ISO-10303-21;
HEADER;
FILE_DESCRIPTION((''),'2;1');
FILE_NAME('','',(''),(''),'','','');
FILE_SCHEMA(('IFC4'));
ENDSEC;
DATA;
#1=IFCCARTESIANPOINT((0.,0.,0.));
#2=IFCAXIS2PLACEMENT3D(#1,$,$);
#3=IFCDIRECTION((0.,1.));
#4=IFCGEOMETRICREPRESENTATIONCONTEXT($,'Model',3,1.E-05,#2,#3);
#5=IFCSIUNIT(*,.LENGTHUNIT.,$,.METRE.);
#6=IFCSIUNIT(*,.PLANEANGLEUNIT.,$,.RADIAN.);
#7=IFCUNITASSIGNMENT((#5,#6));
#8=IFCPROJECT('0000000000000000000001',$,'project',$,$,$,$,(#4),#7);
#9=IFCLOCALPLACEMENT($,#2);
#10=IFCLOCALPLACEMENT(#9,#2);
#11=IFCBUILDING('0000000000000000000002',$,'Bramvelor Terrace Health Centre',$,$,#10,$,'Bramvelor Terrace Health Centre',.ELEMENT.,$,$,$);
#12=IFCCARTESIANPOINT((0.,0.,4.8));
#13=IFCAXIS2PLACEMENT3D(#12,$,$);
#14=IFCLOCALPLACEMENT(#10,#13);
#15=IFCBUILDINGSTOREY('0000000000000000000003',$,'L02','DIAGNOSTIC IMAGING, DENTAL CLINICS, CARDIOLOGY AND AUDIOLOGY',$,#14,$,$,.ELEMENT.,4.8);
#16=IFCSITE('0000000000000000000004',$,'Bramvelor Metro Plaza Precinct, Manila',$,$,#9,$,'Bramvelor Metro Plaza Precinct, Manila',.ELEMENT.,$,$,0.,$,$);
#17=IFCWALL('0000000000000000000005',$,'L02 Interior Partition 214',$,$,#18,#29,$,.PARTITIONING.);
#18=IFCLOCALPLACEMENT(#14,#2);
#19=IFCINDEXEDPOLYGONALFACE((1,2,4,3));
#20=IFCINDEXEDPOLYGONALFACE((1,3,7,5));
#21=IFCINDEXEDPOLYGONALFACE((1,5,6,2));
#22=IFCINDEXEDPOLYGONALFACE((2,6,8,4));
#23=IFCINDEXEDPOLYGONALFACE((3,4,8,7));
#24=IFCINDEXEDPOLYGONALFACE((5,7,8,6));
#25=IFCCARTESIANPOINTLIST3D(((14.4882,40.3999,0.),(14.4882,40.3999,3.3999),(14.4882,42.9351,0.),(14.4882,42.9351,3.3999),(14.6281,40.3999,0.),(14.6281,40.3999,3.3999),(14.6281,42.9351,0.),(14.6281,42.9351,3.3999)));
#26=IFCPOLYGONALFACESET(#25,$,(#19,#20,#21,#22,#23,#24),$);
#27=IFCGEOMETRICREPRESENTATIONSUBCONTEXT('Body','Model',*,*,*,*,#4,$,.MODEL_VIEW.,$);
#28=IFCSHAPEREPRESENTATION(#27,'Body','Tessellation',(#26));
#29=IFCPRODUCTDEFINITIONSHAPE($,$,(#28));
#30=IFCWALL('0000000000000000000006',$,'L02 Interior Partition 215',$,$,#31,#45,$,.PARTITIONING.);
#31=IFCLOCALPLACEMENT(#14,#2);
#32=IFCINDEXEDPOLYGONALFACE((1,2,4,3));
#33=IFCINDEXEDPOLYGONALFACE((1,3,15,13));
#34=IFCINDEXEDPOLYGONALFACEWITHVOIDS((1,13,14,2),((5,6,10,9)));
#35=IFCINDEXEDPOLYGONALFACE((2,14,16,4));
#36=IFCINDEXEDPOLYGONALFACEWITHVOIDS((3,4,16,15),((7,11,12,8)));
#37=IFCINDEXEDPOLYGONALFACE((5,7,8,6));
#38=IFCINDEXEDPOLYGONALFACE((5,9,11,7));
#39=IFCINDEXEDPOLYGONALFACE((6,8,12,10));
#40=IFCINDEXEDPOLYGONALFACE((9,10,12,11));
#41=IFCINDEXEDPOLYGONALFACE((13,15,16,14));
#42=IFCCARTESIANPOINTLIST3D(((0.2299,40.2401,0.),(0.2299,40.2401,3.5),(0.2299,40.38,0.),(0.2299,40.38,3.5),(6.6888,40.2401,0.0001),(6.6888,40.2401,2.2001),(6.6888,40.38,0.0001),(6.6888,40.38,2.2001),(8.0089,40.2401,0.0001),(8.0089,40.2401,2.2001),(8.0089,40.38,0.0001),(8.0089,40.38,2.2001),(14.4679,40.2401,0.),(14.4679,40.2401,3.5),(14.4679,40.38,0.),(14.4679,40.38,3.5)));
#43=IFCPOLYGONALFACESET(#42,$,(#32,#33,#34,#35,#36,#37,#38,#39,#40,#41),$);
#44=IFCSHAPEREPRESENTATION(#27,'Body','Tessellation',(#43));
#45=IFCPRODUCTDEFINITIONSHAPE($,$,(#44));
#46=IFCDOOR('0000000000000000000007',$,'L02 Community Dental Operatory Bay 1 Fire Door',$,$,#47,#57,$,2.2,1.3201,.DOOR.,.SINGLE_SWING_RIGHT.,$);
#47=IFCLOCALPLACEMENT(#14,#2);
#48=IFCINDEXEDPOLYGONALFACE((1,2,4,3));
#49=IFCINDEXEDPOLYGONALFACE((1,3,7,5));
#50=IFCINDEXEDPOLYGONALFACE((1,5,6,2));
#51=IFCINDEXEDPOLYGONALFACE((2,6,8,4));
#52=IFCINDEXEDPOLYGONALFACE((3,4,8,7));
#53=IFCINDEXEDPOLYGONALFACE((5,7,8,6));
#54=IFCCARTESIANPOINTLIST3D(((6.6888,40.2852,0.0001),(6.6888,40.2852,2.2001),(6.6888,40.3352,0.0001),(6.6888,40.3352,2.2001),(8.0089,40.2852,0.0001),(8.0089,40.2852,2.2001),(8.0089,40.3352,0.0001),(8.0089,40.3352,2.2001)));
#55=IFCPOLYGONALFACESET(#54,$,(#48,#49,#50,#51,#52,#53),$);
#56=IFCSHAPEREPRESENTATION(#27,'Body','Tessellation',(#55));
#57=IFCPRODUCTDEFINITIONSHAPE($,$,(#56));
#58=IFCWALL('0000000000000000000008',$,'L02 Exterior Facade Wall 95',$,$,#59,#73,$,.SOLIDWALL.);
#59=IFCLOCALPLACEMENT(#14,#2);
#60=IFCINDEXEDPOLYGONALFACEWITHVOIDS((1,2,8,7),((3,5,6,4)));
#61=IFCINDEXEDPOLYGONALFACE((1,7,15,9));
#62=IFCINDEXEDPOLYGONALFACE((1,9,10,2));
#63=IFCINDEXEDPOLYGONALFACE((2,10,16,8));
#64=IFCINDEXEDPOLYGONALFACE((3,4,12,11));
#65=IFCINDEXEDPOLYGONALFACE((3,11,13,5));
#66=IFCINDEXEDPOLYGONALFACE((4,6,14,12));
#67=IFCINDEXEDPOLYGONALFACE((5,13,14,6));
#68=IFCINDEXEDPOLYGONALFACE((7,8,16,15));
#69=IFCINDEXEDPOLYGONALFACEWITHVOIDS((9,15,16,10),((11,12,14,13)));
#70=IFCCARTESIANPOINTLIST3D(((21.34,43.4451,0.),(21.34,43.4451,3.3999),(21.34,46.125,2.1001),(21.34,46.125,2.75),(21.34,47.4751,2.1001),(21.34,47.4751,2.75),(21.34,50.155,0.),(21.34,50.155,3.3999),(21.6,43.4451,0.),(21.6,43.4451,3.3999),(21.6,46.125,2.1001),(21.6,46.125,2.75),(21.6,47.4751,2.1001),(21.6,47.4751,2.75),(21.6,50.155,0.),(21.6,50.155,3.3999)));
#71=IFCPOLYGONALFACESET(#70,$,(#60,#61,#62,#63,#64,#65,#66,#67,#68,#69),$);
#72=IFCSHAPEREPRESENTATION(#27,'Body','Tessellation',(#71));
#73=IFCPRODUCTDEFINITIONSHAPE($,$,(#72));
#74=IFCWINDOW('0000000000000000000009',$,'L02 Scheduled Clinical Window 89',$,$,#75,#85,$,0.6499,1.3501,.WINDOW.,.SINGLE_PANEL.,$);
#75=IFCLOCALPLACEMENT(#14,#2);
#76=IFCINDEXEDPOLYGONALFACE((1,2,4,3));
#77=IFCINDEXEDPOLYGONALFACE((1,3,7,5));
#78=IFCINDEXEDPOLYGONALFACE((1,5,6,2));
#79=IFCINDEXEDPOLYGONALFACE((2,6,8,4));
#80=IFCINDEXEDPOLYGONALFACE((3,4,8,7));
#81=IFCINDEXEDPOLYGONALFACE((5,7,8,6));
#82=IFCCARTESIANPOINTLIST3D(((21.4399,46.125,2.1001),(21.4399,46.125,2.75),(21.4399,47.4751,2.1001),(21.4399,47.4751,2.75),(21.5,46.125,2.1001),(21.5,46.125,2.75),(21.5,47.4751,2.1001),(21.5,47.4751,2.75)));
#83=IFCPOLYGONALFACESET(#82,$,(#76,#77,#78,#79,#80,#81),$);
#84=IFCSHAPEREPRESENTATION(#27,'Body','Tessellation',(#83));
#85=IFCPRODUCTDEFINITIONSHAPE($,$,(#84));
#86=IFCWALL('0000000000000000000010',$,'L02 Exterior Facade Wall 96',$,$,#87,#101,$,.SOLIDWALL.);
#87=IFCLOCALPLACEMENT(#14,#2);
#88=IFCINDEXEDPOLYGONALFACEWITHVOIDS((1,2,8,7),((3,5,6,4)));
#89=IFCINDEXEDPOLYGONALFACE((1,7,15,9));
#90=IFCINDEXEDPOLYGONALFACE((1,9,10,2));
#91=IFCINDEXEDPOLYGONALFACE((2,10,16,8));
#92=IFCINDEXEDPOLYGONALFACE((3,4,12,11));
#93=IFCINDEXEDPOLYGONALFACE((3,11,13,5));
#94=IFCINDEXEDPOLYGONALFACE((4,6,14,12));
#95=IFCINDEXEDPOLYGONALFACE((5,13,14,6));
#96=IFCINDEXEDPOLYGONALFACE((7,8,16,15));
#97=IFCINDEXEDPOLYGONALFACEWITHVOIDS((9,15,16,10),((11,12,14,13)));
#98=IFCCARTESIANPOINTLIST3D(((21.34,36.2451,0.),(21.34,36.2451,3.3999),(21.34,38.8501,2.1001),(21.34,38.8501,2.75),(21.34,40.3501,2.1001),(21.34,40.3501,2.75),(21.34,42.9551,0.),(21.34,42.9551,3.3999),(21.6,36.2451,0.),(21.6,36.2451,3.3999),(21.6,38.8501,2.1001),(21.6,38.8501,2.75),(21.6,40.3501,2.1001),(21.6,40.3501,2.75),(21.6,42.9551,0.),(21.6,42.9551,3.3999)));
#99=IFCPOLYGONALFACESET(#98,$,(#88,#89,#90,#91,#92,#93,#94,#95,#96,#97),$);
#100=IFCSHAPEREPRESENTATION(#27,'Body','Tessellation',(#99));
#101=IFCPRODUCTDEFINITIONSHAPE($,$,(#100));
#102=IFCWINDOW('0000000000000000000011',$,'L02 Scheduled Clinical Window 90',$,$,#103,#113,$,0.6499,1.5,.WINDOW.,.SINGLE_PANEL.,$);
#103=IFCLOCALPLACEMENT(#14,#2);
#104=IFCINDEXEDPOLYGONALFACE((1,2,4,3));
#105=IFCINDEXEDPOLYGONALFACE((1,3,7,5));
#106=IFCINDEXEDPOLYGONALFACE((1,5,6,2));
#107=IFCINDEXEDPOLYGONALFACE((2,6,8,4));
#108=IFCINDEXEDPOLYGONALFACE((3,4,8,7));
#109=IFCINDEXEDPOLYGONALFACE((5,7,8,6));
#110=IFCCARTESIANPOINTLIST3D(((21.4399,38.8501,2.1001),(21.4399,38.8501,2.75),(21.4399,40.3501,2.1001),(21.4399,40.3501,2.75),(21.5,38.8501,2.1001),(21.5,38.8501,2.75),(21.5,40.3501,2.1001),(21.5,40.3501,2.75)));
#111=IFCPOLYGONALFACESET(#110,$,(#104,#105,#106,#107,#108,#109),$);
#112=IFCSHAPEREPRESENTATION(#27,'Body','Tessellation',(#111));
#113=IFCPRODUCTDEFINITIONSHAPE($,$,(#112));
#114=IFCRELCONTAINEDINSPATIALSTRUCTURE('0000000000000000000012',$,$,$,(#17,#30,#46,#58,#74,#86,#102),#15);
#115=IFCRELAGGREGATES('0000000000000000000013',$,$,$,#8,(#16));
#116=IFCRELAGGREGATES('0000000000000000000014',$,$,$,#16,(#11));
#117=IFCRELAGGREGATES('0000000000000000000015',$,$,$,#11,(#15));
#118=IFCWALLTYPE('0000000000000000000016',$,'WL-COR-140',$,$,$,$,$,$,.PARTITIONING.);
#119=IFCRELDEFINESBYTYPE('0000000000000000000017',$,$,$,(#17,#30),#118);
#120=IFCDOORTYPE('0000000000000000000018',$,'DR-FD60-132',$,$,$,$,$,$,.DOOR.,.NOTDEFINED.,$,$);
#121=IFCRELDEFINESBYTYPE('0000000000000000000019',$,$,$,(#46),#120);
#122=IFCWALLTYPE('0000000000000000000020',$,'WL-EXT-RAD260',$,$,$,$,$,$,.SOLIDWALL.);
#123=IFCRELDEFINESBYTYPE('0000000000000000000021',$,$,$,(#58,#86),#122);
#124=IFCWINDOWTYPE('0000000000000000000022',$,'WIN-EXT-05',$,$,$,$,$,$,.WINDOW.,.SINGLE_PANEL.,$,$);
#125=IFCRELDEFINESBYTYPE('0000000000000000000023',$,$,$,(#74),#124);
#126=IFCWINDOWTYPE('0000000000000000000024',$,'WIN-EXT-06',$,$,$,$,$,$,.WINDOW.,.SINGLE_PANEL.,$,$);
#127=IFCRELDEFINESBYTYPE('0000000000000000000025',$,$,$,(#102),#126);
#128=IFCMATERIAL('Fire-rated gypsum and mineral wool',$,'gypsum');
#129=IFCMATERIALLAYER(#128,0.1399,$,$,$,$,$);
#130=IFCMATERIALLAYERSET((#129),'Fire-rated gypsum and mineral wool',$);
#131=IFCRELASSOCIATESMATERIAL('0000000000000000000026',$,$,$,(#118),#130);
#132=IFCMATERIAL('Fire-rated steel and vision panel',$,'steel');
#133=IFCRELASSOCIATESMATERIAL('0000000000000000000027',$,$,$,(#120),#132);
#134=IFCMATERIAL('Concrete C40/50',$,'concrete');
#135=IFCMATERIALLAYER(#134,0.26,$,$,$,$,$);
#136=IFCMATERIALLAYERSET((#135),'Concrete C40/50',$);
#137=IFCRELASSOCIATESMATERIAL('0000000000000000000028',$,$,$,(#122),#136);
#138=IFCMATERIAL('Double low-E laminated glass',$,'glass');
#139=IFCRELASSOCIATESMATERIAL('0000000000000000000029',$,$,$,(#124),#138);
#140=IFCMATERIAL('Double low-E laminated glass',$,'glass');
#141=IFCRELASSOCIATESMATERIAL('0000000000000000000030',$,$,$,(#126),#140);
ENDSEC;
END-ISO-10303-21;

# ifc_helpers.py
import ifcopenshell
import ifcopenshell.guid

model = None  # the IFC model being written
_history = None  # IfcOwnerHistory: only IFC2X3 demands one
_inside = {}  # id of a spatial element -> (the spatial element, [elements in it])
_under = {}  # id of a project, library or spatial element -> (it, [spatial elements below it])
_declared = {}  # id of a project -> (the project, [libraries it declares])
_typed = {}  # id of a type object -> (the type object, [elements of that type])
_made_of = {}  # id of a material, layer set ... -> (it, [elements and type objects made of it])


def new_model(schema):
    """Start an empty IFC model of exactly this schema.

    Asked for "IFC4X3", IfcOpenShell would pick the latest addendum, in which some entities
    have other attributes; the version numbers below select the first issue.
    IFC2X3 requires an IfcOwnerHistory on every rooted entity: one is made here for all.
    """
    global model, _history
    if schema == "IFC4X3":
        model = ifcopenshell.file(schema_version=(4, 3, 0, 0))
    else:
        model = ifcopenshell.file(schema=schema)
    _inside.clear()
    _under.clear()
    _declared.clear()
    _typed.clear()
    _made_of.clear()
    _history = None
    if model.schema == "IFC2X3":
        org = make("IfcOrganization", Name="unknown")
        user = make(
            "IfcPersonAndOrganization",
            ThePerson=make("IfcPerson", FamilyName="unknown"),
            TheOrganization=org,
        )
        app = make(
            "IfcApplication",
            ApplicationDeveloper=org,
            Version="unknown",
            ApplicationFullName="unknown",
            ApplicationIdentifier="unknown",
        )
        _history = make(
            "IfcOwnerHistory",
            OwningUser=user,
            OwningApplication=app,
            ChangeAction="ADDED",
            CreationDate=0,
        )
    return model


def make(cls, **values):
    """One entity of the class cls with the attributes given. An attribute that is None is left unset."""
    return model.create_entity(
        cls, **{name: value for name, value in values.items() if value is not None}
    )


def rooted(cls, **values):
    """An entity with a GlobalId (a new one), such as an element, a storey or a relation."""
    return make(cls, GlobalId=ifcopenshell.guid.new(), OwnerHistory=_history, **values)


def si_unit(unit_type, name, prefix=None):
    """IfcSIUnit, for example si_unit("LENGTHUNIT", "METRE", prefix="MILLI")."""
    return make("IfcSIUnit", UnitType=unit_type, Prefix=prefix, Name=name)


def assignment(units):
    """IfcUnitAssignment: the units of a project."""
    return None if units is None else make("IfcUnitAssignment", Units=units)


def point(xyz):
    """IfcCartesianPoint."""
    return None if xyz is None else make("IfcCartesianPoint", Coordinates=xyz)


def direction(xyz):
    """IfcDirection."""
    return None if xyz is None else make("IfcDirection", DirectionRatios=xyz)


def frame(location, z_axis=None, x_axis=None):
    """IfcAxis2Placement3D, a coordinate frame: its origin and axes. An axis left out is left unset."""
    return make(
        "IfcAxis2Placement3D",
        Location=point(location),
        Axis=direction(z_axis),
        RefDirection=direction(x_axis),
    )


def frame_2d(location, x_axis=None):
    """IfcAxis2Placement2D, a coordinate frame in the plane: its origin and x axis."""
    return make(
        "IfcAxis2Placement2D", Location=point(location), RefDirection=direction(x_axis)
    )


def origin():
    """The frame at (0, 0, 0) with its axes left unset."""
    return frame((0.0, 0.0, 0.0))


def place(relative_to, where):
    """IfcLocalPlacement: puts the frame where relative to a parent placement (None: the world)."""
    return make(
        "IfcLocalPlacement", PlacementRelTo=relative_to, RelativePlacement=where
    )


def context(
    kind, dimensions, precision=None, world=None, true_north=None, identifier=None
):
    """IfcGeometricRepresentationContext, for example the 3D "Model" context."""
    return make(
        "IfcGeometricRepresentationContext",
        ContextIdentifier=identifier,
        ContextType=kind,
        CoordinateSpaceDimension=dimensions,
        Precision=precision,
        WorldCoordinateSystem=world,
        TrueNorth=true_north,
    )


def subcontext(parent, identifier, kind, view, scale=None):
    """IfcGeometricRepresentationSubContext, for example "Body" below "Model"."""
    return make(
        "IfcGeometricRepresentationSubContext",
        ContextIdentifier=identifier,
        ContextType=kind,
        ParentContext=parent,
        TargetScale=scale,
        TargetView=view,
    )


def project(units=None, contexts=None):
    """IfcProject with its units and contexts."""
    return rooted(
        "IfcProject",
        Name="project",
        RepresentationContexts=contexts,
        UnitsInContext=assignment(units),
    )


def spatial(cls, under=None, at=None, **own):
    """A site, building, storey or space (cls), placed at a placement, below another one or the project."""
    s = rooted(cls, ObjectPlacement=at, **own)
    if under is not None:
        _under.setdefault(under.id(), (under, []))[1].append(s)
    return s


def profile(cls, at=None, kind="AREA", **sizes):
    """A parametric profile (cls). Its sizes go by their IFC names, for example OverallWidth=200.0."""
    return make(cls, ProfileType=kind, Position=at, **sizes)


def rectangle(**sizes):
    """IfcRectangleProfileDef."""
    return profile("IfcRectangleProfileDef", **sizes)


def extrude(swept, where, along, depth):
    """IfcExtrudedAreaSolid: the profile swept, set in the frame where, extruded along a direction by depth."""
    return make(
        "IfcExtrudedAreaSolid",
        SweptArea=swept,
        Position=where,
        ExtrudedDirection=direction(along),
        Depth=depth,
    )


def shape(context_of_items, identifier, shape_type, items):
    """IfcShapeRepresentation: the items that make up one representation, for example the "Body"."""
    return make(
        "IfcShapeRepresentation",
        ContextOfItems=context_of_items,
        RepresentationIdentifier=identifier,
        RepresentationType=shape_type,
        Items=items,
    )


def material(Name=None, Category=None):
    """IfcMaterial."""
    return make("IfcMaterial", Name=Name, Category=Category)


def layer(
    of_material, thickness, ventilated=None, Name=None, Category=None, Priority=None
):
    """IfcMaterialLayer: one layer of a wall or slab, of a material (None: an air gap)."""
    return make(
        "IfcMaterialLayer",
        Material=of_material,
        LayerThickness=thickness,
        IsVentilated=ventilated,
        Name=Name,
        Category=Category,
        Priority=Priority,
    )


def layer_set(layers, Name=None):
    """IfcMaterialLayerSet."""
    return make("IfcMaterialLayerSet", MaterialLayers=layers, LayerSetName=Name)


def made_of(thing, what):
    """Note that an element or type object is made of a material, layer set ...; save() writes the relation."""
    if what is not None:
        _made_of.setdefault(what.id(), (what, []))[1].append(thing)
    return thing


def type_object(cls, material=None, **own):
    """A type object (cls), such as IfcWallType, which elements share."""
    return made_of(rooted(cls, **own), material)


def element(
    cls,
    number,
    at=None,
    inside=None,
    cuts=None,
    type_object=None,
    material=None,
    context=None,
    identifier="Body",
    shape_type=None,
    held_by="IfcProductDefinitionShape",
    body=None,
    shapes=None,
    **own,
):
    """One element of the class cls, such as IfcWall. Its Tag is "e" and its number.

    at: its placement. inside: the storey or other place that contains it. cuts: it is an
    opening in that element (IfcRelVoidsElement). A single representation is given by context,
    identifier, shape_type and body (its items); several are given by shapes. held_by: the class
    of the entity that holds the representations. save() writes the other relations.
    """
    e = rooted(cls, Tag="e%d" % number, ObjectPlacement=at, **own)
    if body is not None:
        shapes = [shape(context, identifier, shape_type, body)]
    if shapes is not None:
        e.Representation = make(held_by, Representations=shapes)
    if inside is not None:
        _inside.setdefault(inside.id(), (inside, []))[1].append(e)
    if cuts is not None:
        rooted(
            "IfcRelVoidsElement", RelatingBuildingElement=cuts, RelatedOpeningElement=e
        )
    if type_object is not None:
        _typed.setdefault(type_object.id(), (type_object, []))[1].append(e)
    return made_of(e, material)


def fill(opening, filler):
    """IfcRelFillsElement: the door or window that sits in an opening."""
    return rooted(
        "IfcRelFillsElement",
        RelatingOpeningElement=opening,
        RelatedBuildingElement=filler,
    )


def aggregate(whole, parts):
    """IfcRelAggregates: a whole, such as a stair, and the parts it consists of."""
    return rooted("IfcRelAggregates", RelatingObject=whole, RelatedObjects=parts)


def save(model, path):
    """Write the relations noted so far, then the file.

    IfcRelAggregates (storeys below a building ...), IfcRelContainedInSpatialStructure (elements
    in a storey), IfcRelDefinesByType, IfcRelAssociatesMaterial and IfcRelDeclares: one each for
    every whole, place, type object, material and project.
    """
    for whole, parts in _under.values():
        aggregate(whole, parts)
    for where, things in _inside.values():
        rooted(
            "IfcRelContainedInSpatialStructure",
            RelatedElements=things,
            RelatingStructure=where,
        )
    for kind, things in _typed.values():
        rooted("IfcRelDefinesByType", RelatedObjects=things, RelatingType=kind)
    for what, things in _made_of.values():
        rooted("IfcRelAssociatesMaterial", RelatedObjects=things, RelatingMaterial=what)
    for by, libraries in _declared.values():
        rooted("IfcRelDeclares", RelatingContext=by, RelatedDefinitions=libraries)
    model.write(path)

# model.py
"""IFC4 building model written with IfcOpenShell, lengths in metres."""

from ifc_helpers import new_model, si_unit, direction, frame, frame_2d, origin, place, context, subcontext, project, spatial, rectangle, extrude, material, layer, layer_set, type_object, element, fill, save


model = new_model("IFC4")

# Units and contexts
model_context = context("Model", 3, precision=1e-05, world=origin(), true_north=direction((0.0, 1.0)))
body_context = subcontext(model_context, "Body", "Model", "MODEL_VIEW")
ifc_project = project(units=[si_unit("LENGTHUNIT", "METRE"), si_unit("PLANEANGLEUNIT", "RADIAN")], contexts=[model_context])

# Site, building, storey
site_placement = place(None, origin())
site = spatial("IfcSite", under=ifc_project, at=site_placement, Name="Bramvelor Metro Plaza Precinct, Manila", LongName="Bramvelor Metro Plaza Precinct, Manila", CompositionType="ELEMENT", RefElevation=0.0)
building_placement = place(site_placement, origin())
building = spatial("IfcBuilding", under=site, at=building_placement, Name="Bramvelor Terrace Health Centre", LongName="Bramvelor Terrace Health Centre", CompositionType="ELEMENT")
storey_placement = place(building_placement, frame((0.0, 0.0, 4.8)))
storey = spatial("IfcBuildingStorey", under=building, at=storey_placement, Name="L02", Description="DIAGNOSTIC IMAGING, DENTAL CLINICS, CARDIOLOGY AND AUDIOLOGY", CompositionType="ELEMENT", Elevation=4.8)

# Wall
ifc_material_1 = material(Name="Fire-rated gypsum and mineral wool", Category="gypsum")
ifc_layer_1 = layer(ifc_material_1, 0.1399)
ifc_layer_set_1 = layer_set([ifc_layer_1], Name="Fire-rated gypsum and mineral wool")
wall_type_1 = type_object("IfcWallType", Name="WL-COR-140", PredefinedType="PARTITIONING", material=ifc_layer_set_1)
wall_1_placement = place(storey_placement, frame((14.5581, 42.9351, 0.0), z_axis=(0.0, 0.0, 1.0), x_axis=(0.0, -1.0, 0.0)))
element("IfcWall", 1, at=wall_1_placement, inside=storey, type_object=wall_type_1, Name="L02 Interior Partition 214", PredefinedType="PARTITIONING", context=body_context, shape_type="SweptSolid", body=[
    extrude(rectangle(XDim=2.5352, YDim=0.1399, at=frame_2d((1.2676, 0.0))), origin(), (0.0, 0.0, 1.0), 3.3999),
])

# Wall, opening, door
wall_2_placement = place(storey_placement, frame((14.468, 40.3101, 0.0), z_axis=(0.0, 0.0, 1.0), x_axis=(-1.0, 0.0, 0.0)))
wall_2 = element("IfcWall", 2, at=wall_2_placement, inside=storey, type_object=wall_type_1, Name="L02 Interior Partition 215", PredefinedType="PARTITIONING", context=body_context, shape_type="SweptSolid", body=[
    extrude(rectangle(XDim=14.238, YDim=0.1399, at=frame_2d((7.1191, 0.0))), origin(), (0.0, 0.0, 1.0), 3.5),
])
opening_1_placement = place(wall_2_placement, frame((6.459, 0.0, 0.0)))
opening_1 = element("IfcOpeningElement", 3, at=opening_1_placement, cuts=wall_2, PredefinedType="OPENING", context=body_context, shape_type="SweptSolid", body=[
    extrude(rectangle(XDim=1.3201, YDim=2.2, at=frame_2d((0.6602, 1.1001))), frame((0.0, 0.0798, 0.0), z_axis=(0.0, -1.0, 0.0), x_axis=(1.0, 0.0, 0.0)), (0.0, 0.0, 1.0), 0.1599),
])
ifc_material_2 = material(Name="Fire-rated steel and vision panel", Category="steel")
door_type = type_object("IfcDoorType", Name="DR-FD60-132", OperationType="NOTDEFINED", PredefinedType="DOOR", material=ifc_material_2)
door_placement = place(opening_1_placement, origin())
door = element("IfcDoor", 4, at=door_placement, inside=storey, type_object=door_type, Name="L02 Community Dental Operatory Bay 1 Fire Door", OperationType="SINGLE_SWING_RIGHT", OverallHeight=2.2, OverallWidth=1.3201, PredefinedType="DOOR", context=body_context, shape_type="SweptSolid", body=[
    extrude(rectangle(XDim=1.3201, YDim=2.2, at=frame_2d((0.6602, 1.1001))), frame((0.0, 0.0249, 0.0), z_axis=(0.0, -1.0, 0.0), x_axis=(1.0, 0.0, 0.0)), (0.0, 0.0, 1.0), 0.05),
])
fill(opening_1, door)

# Walls, openings, windows
ifc_material_3 = material(Name="Concrete C40/50", Category="concrete")
ifc_layer_2 = layer(ifc_material_3, 0.26)
ifc_layer_set_2 = layer_set([ifc_layer_2], Name="Concrete C40/50")
wall_type_2 = type_object("IfcWallType", Name="WL-EXT-RAD260", PredefinedType="SOLIDWALL", material=ifc_layer_set_2)
wall_3_placement = place(storey_placement, frame((21.47, 50.155, 0.0), z_axis=(0.0, 0.0, 1.0), x_axis=(0.0, -1.0, 0.0)))
wall_3 = element("IfcWall", 5, at=wall_3_placement, inside=storey, type_object=wall_type_2, Name="L02 Exterior Facade Wall 95", PredefinedType="SOLIDWALL", context=body_context, shape_type="SweptSolid", body=[
    extrude(rectangle(XDim=6.71, YDim=0.26, at=frame_2d((3.355, 0.0))), origin(), (0.0, 0.0, 1.0), 3.3999),
])
opening_2_placement = place(wall_3_placement, frame((2.6799, 0.0, 2.1001)))
opening_2 = element("IfcOpeningElement", 6, at=opening_2_placement, cuts=wall_3, PredefinedType="OPENING", context=body_context, shape_type="SweptSolid", body=[
    extrude(rectangle(XDim=1.3501, YDim=0.6499, at=frame_2d((0.675, 0.325))), frame((0.0, 0.1399, 0.0), z_axis=(0.0, -1.0, 0.0), x_axis=(1.0, 0.0, 0.0)), (0.0, 0.0, 1.0), 0.28),
])
ifc_material_4 = material(Name="Double low-E laminated glass", Category="glass")
window_type_1 = type_object("IfcWindowType", Name="WIN-EXT-05", PartitioningType="SINGLE_PANEL", PredefinedType="WINDOW", material=ifc_material_4)
window_1_placement = place(opening_2_placement, origin())
window_1 = element("IfcWindow", 7, at=window_1_placement, inside=storey, type_object=window_type_1, Name="L02 Scheduled Clinical Window 89", OverallHeight=0.6499, OverallWidth=1.3501, PartitioningType="SINGLE_PANEL", PredefinedType="WINDOW", context=body_context, shape_type="SweptSolid", body=[
    extrude(rectangle(XDim=1.3501, YDim=0.6499, at=frame_2d((0.675, 0.325))), frame((0.0, 0.03, 0.0), z_axis=(0.0, -1.0, 0.0), x_axis=(1.0, 0.0, 0.0)), (0.0, 0.0, 1.0), 0.0601),
])
fill(opening_2, window_1)
wall_4_placement = place(storey_placement, frame((21.47, 42.9551, 0.0), z_axis=(0.0, 0.0, 1.0), x_axis=(0.0, -1.0, 0.0)))
wall_4 = element("IfcWall", 8, at=wall_4_placement, inside=storey, type_object=wall_type_2, Name="L02 Exterior Facade Wall 96", PredefinedType="SOLIDWALL", context=body_context, shape_type="SweptSolid", body=[
    extrude(rectangle(XDim=6.71, YDim=0.26, at=frame_2d((3.355, 0.0))), origin(), (0.0, 0.0, 1.0), 3.3999),
])
opening_3_placement = place(wall_4_placement, frame((2.605, 0.0, 2.1001)))
opening_3 = element("IfcOpeningElement", 9, at=opening_3_placement, cuts=wall_4, PredefinedType="OPENING", context=body_context, shape_type="SweptSolid", body=[
    extrude(rectangle(XDim=1.5, YDim=0.6499, at=frame_2d((0.75, 0.325))), frame((0.0, 0.1399, 0.0), z_axis=(0.0, -1.0, 0.0), x_axis=(1.0, 0.0, 0.0)), (0.0, 0.0, 1.0), 0.28),
])
ifc_material_5 = material(Name="Double low-E laminated glass", Category="glass")
window_type_2 = type_object("IfcWindowType", Name="WIN-EXT-06", PartitioningType="SINGLE_PANEL", PredefinedType="WINDOW", material=ifc_material_5)
window_2_placement = place(opening_3_placement, origin())
window_2 = element("IfcWindow", 10, at=window_2_placement, inside=storey, type_object=window_type_2, Name="L02 Scheduled Clinical Window 90", OverallHeight=0.6499, OverallWidth=1.5, PartitioningType="SINGLE_PANEL", PredefinedType="WINDOW", context=body_context, shape_type="SweptSolid", body=[
    extrude(rectangle(XDim=1.5, YDim=0.6499, at=frame_2d((0.75, 0.325))), frame((0.0, 0.03, 0.0), z_axis=(0.0, -1.0, 0.0), x_axis=(1.0, 0.0, 0.0)), (0.0, 0.0, 1.0), 0.0601),
])
fill(opening_3, window_2)

save(model, "model.ifc")
